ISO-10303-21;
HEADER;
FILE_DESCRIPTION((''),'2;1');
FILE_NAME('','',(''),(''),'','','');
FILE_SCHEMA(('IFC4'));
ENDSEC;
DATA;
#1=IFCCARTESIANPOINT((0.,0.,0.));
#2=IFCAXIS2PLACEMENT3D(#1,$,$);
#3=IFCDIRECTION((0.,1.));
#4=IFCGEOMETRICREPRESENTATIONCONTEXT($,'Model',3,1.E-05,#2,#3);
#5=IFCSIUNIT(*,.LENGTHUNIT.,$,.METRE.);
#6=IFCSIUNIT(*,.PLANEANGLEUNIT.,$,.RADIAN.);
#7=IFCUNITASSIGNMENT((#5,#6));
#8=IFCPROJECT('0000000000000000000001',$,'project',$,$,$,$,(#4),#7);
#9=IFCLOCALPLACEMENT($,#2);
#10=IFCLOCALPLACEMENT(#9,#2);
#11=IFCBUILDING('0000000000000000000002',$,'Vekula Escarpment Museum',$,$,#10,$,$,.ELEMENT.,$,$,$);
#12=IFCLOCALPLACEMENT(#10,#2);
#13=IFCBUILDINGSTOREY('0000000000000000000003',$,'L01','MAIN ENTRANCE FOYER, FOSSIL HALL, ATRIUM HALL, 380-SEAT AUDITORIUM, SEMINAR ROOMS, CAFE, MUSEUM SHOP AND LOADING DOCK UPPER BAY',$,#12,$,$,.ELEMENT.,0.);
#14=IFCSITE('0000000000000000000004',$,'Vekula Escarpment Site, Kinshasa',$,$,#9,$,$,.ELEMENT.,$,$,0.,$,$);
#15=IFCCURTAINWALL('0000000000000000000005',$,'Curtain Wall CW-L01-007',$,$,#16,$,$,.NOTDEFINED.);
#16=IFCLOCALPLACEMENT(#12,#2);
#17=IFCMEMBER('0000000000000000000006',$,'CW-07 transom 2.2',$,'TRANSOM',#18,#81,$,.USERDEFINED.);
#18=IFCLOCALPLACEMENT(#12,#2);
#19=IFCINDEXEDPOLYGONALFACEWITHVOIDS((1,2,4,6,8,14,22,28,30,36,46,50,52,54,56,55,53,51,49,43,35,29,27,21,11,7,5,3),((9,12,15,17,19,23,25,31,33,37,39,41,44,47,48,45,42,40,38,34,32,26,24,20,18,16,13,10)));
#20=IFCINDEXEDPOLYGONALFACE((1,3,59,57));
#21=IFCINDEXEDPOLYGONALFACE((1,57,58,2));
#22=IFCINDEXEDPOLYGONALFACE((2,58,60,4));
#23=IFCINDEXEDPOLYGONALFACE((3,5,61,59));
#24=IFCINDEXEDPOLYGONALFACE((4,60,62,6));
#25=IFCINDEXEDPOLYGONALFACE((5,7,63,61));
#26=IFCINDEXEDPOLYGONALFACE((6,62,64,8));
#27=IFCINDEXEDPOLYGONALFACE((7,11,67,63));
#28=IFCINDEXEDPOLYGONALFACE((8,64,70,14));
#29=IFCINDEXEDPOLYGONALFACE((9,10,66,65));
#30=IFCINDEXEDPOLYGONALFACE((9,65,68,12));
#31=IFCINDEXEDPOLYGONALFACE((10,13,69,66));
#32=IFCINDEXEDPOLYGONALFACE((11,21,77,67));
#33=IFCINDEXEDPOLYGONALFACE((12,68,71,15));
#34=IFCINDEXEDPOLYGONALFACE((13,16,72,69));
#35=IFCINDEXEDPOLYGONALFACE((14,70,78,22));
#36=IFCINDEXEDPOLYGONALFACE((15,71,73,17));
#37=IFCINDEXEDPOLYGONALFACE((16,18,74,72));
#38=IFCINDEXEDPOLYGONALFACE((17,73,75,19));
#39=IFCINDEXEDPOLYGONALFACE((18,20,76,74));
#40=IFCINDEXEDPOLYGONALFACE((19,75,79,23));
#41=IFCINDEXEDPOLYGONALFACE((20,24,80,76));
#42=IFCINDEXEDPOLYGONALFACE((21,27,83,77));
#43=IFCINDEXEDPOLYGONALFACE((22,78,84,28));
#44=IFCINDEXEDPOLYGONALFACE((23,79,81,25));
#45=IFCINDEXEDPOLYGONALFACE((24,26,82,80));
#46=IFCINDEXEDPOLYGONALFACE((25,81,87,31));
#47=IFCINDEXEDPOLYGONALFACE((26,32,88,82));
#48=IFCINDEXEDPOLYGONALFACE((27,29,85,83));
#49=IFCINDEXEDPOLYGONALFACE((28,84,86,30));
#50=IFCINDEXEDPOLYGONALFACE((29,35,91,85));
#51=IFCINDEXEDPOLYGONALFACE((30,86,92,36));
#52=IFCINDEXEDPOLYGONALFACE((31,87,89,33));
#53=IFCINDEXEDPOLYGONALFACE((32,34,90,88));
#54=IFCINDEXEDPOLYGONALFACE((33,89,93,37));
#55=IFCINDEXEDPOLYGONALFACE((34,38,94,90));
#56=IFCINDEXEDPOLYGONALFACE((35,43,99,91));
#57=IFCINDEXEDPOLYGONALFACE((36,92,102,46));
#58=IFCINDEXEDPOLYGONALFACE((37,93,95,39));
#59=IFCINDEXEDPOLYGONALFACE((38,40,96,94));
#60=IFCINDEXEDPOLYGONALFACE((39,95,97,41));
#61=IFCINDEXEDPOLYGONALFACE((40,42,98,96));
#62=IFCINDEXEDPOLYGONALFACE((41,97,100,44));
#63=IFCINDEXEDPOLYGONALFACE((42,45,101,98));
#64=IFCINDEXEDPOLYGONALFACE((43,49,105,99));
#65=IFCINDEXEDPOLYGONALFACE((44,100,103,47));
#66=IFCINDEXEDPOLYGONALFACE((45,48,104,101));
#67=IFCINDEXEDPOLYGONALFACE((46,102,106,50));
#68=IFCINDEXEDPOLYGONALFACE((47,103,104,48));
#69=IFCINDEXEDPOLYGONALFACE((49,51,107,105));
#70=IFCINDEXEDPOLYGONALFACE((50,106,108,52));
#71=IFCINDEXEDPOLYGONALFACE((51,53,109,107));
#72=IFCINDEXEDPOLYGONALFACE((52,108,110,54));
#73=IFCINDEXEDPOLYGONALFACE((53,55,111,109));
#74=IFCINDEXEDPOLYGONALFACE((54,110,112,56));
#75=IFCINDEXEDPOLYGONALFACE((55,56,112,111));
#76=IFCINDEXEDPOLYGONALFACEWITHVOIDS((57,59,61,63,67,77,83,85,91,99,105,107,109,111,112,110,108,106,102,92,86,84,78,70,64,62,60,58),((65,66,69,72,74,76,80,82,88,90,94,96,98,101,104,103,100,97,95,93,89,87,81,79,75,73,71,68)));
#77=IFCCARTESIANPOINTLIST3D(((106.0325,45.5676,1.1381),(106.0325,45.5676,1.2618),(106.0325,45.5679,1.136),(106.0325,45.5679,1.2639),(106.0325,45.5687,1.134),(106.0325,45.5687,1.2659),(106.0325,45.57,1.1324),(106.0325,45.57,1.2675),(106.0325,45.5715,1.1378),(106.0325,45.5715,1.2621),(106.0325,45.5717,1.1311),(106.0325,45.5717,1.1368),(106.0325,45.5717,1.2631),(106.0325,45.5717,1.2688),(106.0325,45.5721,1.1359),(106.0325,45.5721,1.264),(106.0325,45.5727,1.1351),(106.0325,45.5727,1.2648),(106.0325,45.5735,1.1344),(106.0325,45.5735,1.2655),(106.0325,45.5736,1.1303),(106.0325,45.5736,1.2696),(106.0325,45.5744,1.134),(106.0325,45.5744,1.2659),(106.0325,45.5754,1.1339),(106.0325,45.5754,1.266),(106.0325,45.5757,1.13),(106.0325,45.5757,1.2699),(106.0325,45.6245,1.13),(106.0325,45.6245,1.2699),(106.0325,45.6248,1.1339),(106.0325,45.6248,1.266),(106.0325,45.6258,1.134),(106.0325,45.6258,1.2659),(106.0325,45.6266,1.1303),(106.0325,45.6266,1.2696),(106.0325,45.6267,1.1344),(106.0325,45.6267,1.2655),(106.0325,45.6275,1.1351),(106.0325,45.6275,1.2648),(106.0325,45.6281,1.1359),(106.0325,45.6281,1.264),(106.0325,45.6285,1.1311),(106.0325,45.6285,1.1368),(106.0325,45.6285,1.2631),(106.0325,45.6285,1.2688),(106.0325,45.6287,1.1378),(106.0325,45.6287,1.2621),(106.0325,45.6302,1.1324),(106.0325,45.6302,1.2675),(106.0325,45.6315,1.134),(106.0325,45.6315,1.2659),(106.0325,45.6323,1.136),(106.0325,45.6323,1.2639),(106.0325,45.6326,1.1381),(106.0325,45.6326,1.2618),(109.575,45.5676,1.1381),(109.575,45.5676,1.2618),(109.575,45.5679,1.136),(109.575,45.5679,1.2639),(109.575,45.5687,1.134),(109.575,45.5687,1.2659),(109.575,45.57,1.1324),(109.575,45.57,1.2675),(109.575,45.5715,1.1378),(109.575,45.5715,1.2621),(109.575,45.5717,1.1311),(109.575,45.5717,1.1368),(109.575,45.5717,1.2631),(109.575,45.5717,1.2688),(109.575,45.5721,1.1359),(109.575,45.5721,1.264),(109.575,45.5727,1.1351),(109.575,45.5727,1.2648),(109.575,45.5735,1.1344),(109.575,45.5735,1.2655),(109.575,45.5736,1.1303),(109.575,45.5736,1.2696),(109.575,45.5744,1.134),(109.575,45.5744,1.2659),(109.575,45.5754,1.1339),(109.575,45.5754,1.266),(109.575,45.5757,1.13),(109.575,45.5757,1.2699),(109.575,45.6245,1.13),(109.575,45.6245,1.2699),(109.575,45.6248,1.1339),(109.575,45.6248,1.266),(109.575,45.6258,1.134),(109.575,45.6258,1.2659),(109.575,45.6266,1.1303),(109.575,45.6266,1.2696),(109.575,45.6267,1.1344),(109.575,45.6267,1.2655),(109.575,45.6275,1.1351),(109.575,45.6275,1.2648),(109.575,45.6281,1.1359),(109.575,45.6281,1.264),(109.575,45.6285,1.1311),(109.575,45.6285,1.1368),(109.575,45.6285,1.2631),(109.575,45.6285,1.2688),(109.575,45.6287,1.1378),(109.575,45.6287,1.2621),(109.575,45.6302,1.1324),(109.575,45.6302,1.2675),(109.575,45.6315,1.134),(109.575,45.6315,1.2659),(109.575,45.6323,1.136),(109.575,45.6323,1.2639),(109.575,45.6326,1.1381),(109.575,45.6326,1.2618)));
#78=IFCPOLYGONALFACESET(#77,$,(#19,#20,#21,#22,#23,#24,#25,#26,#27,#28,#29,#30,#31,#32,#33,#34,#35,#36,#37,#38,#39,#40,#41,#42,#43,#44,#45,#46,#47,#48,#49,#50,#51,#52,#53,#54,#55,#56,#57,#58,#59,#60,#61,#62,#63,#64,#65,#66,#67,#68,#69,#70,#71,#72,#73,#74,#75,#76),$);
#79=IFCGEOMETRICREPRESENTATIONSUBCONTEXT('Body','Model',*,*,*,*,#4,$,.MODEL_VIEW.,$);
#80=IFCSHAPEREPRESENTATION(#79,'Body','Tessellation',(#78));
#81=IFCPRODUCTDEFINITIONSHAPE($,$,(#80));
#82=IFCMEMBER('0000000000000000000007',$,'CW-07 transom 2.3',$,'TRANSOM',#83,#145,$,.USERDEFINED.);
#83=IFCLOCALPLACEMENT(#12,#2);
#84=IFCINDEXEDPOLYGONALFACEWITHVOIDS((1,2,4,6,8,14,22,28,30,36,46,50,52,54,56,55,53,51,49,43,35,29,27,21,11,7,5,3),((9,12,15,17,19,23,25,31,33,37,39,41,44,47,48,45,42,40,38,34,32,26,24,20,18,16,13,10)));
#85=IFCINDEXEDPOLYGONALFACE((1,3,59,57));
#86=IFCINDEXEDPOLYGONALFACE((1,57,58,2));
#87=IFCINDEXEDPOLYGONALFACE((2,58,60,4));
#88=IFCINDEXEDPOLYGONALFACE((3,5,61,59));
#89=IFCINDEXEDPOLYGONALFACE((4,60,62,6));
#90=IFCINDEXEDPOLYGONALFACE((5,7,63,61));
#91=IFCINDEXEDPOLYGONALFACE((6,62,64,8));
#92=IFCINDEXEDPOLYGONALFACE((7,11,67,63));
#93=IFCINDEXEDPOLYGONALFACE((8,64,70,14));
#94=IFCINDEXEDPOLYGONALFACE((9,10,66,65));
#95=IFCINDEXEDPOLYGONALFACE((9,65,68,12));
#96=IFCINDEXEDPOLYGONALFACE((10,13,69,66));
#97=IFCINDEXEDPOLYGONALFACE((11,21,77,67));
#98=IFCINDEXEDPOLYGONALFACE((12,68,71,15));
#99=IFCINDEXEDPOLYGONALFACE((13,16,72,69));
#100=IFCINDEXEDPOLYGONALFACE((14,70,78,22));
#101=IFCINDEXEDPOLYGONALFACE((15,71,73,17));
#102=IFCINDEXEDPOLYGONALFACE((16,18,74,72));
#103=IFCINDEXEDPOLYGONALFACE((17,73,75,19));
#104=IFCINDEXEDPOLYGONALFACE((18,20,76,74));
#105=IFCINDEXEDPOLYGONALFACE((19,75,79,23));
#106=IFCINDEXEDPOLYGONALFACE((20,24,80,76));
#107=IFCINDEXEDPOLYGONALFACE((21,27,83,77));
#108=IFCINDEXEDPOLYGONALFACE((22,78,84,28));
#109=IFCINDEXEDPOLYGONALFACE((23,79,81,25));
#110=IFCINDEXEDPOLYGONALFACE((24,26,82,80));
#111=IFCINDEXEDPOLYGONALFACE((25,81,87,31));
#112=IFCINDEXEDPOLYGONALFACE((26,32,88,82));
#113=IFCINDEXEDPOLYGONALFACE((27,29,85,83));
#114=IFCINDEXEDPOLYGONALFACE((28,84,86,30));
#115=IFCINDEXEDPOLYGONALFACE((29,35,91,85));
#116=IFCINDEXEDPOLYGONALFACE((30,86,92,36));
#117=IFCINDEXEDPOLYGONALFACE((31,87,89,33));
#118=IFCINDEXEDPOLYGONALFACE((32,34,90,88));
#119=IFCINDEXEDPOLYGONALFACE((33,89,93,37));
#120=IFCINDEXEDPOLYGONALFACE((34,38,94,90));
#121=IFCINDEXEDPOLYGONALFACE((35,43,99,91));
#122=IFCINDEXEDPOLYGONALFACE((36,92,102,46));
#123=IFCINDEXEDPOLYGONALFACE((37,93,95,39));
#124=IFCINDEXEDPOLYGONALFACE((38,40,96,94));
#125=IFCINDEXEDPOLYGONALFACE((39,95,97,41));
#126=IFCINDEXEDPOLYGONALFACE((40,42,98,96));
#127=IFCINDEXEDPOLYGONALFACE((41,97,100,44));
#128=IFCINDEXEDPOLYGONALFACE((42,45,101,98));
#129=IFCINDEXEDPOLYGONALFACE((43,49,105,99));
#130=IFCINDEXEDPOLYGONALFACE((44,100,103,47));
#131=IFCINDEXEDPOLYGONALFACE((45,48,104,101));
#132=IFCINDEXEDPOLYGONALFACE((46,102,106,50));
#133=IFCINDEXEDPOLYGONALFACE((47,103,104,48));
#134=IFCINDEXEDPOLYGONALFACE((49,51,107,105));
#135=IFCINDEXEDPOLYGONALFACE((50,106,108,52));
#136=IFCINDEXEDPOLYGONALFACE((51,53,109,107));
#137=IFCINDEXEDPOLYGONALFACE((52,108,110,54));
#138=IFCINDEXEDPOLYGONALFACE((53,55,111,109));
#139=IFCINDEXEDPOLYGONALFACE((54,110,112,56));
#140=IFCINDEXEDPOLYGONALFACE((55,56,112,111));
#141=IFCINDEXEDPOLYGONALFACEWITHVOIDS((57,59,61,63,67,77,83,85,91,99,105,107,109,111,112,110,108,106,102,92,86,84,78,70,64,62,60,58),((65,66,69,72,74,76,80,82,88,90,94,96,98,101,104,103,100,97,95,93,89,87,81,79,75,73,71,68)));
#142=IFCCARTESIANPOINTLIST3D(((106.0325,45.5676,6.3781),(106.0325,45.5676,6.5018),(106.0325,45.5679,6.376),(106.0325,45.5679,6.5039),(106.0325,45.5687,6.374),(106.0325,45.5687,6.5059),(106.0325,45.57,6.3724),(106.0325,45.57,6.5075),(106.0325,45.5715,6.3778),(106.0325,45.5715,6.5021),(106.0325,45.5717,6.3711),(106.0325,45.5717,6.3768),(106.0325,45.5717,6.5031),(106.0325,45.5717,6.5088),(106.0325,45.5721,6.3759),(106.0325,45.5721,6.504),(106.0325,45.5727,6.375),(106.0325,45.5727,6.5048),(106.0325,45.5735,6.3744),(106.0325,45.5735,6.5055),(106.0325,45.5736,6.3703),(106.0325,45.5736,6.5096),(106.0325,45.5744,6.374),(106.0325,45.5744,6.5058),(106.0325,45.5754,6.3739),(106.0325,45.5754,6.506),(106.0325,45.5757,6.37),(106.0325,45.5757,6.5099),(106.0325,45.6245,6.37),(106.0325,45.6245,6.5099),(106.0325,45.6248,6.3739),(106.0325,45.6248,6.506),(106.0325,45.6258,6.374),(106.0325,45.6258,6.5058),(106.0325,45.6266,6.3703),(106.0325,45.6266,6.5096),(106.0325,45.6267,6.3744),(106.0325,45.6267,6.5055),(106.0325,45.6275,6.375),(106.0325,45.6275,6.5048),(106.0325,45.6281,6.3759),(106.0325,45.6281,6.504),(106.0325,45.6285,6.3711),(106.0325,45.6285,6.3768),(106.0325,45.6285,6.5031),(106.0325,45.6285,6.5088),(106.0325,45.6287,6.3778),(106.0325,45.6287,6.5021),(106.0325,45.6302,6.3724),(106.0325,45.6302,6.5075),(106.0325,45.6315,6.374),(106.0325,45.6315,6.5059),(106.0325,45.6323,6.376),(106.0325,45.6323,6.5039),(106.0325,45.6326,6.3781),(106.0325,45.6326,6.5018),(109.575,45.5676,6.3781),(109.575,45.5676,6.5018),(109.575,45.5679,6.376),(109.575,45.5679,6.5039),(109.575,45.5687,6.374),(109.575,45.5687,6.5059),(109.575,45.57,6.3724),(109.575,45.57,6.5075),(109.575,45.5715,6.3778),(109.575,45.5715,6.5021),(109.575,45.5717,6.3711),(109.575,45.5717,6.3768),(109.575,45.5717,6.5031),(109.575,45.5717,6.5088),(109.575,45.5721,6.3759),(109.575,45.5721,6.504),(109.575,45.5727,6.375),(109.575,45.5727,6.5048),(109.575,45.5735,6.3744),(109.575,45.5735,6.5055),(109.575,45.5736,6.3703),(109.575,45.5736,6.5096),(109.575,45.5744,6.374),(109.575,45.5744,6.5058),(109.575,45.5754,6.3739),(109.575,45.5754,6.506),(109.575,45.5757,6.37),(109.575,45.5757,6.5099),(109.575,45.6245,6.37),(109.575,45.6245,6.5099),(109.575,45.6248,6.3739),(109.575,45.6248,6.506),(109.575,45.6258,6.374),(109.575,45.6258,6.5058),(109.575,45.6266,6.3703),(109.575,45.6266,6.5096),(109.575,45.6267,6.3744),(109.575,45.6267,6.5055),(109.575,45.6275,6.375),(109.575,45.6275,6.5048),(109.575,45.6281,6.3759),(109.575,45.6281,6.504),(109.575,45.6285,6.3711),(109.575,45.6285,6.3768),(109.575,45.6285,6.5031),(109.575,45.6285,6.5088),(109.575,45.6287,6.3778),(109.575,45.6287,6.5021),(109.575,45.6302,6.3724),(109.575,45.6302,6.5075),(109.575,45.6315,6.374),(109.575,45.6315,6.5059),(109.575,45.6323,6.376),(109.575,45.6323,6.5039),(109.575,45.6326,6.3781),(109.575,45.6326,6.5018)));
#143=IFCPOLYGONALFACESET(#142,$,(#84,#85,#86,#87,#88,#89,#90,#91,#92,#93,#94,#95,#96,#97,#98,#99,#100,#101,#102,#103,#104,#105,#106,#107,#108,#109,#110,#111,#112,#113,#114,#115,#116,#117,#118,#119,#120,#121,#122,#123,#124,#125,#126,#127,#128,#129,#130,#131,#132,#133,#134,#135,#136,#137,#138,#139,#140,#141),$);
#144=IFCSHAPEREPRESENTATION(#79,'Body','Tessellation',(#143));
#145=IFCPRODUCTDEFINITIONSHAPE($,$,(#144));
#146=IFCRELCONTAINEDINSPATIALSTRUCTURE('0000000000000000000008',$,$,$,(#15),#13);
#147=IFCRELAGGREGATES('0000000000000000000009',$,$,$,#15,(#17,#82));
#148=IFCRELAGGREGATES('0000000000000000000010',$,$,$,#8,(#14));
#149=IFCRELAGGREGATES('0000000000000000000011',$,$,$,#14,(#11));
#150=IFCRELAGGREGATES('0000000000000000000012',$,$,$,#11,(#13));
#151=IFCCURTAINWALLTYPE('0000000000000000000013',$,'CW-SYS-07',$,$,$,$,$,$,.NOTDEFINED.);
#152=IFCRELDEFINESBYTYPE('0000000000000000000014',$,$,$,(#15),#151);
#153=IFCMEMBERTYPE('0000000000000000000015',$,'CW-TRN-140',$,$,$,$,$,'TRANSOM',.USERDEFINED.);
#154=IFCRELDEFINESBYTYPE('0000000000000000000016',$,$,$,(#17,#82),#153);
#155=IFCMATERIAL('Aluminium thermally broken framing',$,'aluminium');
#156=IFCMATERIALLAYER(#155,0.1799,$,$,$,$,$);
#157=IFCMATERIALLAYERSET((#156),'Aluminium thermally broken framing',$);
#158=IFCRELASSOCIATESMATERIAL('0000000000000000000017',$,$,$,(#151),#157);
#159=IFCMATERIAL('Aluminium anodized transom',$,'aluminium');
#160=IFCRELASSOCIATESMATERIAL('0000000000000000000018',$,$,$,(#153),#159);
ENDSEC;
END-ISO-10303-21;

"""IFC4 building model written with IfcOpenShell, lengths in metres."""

from ifc_helpers import new_model, si_unit, direction, frame, origin, origin_2d, place, context, subcontext, project, spatial, hollow_rectangle, extrude, material, layer, layer_set, material_profile, profile_set, type_object, element, aggregate, save


model = new_model("IFC4")

# Units and contexts
model_context = context("Model", 3, precision=1e-05, world=origin(), true_north=direction((0.0, 1.0)))
body_context = subcontext(model_context, "Body", "Model", "MODEL_VIEW")
ifc_project = project(units=[si_unit("LENGTHUNIT", "METRE"), si_unit("PLANEANGLEUNIT", "RADIAN")], contexts=[model_context])

# Site, building, storey
site_placement = place(None, origin())
site = spatial("IfcSite", under=ifc_project, at=site_placement, Name="Vekula Escarpment Site, Kinshasa", CompositionType="ELEMENT", RefElevation=0.0)
building_placement = place(site_placement, origin())
building = spatial("IfcBuilding", under=site, at=building_placement, Name="Vekula Escarpment Museum", CompositionType="ELEMENT")
storey_placement = place(building_placement, origin())
storey = spatial("IfcBuildingStorey", under=building, at=storey_placement, Name="L01", Description="MAIN ENTRANCE FOYER, FOSSIL HALL, ATRIUM HALL, 380-SEAT AUDITORIUM, SEMINAR ROOMS, CAFE, MUSEUM SHOP AND LOADING DOCK UPPER BAY", CompositionType="ELEMENT", Elevation=0.0)

# Curtain wall, members
ifc_material_1 = material(Name="Aluminium thermally broken framing", Category="aluminium")
ifc_layer_1 = layer(ifc_material_1, 0.1799)
ifc_layer_set_1 = layer_set([ifc_layer_1], Name="Aluminium thermally broken framing")
curtain_wall_type = type_object("IfcCurtainWallType", Name="CW-SYS-07", PredefinedType="NOTDEFINED", material=ifc_layer_set_1)
curtain_wall_placement = place(storey_placement, origin())
curtain_wall = element("IfcCurtainWall", 1, at=curtain_wall_placement, inside=storey, type_object=curtain_wall_type, Name="Curtain Wall CW-L01-007", PredefinedType="NOTDEFINED")
ifc_material_2 = material(Name="Aluminium anodized transom", Category="aluminium")
ifc_material_profile_1 = material_profile(ifc_material_2, hollow_rectangle(XDim=0.0649, YDim=0.1399, WallThickness=0.0039, InnerFilletRadius=0.0039, OuterFilletRadius=0.0081, at=origin_2d()), Name="ALU 140x65x4")
ifc_profile_set_1 = profile_set([ifc_material_profile_1], Name="Aluminium anodized transom")
member_type_1 = type_object("IfcMemberType", Name="CW-TRN-140", ElementType="TRANSOM", PredefinedType="USERDEFINED", material=ifc_profile_set_1)
member_1_placement = place(storey_placement, frame((106.0325, 45.6001, 1.2), z_axis=(1.0, 0.0, 0.0), x_axis=(0.0, 1.0, 0.0)))
member_1 = element("IfcMember", 2, at=member_1_placement, type_object=member_type_1, Name="CW-07 transom 2.2", ObjectType="TRANSOM", PredefinedType="USERDEFINED", context=body_context, shape_type="SweptSolid", body=[
    extrude(hollow_rectangle(XDim=0.0649, YDim=0.1399, WallThickness=0.0039, InnerFilletRadius=0.0039, OuterFilletRadius=0.0081, at=origin_2d()), origin(), (0.0, 0.0, 1.0), 3.5425),
])
member_2_placement = place(storey_placement, frame((106.0325, 45.6001, 6.4399), z_axis=(1.0, 0.0, 0.0), x_axis=(0.0, 1.0, 0.0)))
member_2 = element("IfcMember", 3, at=member_2_placement, type_object=member_type_1, Name="CW-07 transom 2.3", ObjectType="TRANSOM", PredefinedType="USERDEFINED", context=body_context, shape_type="SweptSolid", body=[
    extrude(hollow_rectangle(XDim=0.0649, YDim=0.1399, WallThickness=0.0039, InnerFilletRadius=0.0039, OuterFilletRadius=0.0081, at=origin_2d()), origin(), (0.0, 0.0, 1.0), 3.5425),
])

aggregate(curtain_wall, [member_1, member_2])

save(model, "model.ifc")
